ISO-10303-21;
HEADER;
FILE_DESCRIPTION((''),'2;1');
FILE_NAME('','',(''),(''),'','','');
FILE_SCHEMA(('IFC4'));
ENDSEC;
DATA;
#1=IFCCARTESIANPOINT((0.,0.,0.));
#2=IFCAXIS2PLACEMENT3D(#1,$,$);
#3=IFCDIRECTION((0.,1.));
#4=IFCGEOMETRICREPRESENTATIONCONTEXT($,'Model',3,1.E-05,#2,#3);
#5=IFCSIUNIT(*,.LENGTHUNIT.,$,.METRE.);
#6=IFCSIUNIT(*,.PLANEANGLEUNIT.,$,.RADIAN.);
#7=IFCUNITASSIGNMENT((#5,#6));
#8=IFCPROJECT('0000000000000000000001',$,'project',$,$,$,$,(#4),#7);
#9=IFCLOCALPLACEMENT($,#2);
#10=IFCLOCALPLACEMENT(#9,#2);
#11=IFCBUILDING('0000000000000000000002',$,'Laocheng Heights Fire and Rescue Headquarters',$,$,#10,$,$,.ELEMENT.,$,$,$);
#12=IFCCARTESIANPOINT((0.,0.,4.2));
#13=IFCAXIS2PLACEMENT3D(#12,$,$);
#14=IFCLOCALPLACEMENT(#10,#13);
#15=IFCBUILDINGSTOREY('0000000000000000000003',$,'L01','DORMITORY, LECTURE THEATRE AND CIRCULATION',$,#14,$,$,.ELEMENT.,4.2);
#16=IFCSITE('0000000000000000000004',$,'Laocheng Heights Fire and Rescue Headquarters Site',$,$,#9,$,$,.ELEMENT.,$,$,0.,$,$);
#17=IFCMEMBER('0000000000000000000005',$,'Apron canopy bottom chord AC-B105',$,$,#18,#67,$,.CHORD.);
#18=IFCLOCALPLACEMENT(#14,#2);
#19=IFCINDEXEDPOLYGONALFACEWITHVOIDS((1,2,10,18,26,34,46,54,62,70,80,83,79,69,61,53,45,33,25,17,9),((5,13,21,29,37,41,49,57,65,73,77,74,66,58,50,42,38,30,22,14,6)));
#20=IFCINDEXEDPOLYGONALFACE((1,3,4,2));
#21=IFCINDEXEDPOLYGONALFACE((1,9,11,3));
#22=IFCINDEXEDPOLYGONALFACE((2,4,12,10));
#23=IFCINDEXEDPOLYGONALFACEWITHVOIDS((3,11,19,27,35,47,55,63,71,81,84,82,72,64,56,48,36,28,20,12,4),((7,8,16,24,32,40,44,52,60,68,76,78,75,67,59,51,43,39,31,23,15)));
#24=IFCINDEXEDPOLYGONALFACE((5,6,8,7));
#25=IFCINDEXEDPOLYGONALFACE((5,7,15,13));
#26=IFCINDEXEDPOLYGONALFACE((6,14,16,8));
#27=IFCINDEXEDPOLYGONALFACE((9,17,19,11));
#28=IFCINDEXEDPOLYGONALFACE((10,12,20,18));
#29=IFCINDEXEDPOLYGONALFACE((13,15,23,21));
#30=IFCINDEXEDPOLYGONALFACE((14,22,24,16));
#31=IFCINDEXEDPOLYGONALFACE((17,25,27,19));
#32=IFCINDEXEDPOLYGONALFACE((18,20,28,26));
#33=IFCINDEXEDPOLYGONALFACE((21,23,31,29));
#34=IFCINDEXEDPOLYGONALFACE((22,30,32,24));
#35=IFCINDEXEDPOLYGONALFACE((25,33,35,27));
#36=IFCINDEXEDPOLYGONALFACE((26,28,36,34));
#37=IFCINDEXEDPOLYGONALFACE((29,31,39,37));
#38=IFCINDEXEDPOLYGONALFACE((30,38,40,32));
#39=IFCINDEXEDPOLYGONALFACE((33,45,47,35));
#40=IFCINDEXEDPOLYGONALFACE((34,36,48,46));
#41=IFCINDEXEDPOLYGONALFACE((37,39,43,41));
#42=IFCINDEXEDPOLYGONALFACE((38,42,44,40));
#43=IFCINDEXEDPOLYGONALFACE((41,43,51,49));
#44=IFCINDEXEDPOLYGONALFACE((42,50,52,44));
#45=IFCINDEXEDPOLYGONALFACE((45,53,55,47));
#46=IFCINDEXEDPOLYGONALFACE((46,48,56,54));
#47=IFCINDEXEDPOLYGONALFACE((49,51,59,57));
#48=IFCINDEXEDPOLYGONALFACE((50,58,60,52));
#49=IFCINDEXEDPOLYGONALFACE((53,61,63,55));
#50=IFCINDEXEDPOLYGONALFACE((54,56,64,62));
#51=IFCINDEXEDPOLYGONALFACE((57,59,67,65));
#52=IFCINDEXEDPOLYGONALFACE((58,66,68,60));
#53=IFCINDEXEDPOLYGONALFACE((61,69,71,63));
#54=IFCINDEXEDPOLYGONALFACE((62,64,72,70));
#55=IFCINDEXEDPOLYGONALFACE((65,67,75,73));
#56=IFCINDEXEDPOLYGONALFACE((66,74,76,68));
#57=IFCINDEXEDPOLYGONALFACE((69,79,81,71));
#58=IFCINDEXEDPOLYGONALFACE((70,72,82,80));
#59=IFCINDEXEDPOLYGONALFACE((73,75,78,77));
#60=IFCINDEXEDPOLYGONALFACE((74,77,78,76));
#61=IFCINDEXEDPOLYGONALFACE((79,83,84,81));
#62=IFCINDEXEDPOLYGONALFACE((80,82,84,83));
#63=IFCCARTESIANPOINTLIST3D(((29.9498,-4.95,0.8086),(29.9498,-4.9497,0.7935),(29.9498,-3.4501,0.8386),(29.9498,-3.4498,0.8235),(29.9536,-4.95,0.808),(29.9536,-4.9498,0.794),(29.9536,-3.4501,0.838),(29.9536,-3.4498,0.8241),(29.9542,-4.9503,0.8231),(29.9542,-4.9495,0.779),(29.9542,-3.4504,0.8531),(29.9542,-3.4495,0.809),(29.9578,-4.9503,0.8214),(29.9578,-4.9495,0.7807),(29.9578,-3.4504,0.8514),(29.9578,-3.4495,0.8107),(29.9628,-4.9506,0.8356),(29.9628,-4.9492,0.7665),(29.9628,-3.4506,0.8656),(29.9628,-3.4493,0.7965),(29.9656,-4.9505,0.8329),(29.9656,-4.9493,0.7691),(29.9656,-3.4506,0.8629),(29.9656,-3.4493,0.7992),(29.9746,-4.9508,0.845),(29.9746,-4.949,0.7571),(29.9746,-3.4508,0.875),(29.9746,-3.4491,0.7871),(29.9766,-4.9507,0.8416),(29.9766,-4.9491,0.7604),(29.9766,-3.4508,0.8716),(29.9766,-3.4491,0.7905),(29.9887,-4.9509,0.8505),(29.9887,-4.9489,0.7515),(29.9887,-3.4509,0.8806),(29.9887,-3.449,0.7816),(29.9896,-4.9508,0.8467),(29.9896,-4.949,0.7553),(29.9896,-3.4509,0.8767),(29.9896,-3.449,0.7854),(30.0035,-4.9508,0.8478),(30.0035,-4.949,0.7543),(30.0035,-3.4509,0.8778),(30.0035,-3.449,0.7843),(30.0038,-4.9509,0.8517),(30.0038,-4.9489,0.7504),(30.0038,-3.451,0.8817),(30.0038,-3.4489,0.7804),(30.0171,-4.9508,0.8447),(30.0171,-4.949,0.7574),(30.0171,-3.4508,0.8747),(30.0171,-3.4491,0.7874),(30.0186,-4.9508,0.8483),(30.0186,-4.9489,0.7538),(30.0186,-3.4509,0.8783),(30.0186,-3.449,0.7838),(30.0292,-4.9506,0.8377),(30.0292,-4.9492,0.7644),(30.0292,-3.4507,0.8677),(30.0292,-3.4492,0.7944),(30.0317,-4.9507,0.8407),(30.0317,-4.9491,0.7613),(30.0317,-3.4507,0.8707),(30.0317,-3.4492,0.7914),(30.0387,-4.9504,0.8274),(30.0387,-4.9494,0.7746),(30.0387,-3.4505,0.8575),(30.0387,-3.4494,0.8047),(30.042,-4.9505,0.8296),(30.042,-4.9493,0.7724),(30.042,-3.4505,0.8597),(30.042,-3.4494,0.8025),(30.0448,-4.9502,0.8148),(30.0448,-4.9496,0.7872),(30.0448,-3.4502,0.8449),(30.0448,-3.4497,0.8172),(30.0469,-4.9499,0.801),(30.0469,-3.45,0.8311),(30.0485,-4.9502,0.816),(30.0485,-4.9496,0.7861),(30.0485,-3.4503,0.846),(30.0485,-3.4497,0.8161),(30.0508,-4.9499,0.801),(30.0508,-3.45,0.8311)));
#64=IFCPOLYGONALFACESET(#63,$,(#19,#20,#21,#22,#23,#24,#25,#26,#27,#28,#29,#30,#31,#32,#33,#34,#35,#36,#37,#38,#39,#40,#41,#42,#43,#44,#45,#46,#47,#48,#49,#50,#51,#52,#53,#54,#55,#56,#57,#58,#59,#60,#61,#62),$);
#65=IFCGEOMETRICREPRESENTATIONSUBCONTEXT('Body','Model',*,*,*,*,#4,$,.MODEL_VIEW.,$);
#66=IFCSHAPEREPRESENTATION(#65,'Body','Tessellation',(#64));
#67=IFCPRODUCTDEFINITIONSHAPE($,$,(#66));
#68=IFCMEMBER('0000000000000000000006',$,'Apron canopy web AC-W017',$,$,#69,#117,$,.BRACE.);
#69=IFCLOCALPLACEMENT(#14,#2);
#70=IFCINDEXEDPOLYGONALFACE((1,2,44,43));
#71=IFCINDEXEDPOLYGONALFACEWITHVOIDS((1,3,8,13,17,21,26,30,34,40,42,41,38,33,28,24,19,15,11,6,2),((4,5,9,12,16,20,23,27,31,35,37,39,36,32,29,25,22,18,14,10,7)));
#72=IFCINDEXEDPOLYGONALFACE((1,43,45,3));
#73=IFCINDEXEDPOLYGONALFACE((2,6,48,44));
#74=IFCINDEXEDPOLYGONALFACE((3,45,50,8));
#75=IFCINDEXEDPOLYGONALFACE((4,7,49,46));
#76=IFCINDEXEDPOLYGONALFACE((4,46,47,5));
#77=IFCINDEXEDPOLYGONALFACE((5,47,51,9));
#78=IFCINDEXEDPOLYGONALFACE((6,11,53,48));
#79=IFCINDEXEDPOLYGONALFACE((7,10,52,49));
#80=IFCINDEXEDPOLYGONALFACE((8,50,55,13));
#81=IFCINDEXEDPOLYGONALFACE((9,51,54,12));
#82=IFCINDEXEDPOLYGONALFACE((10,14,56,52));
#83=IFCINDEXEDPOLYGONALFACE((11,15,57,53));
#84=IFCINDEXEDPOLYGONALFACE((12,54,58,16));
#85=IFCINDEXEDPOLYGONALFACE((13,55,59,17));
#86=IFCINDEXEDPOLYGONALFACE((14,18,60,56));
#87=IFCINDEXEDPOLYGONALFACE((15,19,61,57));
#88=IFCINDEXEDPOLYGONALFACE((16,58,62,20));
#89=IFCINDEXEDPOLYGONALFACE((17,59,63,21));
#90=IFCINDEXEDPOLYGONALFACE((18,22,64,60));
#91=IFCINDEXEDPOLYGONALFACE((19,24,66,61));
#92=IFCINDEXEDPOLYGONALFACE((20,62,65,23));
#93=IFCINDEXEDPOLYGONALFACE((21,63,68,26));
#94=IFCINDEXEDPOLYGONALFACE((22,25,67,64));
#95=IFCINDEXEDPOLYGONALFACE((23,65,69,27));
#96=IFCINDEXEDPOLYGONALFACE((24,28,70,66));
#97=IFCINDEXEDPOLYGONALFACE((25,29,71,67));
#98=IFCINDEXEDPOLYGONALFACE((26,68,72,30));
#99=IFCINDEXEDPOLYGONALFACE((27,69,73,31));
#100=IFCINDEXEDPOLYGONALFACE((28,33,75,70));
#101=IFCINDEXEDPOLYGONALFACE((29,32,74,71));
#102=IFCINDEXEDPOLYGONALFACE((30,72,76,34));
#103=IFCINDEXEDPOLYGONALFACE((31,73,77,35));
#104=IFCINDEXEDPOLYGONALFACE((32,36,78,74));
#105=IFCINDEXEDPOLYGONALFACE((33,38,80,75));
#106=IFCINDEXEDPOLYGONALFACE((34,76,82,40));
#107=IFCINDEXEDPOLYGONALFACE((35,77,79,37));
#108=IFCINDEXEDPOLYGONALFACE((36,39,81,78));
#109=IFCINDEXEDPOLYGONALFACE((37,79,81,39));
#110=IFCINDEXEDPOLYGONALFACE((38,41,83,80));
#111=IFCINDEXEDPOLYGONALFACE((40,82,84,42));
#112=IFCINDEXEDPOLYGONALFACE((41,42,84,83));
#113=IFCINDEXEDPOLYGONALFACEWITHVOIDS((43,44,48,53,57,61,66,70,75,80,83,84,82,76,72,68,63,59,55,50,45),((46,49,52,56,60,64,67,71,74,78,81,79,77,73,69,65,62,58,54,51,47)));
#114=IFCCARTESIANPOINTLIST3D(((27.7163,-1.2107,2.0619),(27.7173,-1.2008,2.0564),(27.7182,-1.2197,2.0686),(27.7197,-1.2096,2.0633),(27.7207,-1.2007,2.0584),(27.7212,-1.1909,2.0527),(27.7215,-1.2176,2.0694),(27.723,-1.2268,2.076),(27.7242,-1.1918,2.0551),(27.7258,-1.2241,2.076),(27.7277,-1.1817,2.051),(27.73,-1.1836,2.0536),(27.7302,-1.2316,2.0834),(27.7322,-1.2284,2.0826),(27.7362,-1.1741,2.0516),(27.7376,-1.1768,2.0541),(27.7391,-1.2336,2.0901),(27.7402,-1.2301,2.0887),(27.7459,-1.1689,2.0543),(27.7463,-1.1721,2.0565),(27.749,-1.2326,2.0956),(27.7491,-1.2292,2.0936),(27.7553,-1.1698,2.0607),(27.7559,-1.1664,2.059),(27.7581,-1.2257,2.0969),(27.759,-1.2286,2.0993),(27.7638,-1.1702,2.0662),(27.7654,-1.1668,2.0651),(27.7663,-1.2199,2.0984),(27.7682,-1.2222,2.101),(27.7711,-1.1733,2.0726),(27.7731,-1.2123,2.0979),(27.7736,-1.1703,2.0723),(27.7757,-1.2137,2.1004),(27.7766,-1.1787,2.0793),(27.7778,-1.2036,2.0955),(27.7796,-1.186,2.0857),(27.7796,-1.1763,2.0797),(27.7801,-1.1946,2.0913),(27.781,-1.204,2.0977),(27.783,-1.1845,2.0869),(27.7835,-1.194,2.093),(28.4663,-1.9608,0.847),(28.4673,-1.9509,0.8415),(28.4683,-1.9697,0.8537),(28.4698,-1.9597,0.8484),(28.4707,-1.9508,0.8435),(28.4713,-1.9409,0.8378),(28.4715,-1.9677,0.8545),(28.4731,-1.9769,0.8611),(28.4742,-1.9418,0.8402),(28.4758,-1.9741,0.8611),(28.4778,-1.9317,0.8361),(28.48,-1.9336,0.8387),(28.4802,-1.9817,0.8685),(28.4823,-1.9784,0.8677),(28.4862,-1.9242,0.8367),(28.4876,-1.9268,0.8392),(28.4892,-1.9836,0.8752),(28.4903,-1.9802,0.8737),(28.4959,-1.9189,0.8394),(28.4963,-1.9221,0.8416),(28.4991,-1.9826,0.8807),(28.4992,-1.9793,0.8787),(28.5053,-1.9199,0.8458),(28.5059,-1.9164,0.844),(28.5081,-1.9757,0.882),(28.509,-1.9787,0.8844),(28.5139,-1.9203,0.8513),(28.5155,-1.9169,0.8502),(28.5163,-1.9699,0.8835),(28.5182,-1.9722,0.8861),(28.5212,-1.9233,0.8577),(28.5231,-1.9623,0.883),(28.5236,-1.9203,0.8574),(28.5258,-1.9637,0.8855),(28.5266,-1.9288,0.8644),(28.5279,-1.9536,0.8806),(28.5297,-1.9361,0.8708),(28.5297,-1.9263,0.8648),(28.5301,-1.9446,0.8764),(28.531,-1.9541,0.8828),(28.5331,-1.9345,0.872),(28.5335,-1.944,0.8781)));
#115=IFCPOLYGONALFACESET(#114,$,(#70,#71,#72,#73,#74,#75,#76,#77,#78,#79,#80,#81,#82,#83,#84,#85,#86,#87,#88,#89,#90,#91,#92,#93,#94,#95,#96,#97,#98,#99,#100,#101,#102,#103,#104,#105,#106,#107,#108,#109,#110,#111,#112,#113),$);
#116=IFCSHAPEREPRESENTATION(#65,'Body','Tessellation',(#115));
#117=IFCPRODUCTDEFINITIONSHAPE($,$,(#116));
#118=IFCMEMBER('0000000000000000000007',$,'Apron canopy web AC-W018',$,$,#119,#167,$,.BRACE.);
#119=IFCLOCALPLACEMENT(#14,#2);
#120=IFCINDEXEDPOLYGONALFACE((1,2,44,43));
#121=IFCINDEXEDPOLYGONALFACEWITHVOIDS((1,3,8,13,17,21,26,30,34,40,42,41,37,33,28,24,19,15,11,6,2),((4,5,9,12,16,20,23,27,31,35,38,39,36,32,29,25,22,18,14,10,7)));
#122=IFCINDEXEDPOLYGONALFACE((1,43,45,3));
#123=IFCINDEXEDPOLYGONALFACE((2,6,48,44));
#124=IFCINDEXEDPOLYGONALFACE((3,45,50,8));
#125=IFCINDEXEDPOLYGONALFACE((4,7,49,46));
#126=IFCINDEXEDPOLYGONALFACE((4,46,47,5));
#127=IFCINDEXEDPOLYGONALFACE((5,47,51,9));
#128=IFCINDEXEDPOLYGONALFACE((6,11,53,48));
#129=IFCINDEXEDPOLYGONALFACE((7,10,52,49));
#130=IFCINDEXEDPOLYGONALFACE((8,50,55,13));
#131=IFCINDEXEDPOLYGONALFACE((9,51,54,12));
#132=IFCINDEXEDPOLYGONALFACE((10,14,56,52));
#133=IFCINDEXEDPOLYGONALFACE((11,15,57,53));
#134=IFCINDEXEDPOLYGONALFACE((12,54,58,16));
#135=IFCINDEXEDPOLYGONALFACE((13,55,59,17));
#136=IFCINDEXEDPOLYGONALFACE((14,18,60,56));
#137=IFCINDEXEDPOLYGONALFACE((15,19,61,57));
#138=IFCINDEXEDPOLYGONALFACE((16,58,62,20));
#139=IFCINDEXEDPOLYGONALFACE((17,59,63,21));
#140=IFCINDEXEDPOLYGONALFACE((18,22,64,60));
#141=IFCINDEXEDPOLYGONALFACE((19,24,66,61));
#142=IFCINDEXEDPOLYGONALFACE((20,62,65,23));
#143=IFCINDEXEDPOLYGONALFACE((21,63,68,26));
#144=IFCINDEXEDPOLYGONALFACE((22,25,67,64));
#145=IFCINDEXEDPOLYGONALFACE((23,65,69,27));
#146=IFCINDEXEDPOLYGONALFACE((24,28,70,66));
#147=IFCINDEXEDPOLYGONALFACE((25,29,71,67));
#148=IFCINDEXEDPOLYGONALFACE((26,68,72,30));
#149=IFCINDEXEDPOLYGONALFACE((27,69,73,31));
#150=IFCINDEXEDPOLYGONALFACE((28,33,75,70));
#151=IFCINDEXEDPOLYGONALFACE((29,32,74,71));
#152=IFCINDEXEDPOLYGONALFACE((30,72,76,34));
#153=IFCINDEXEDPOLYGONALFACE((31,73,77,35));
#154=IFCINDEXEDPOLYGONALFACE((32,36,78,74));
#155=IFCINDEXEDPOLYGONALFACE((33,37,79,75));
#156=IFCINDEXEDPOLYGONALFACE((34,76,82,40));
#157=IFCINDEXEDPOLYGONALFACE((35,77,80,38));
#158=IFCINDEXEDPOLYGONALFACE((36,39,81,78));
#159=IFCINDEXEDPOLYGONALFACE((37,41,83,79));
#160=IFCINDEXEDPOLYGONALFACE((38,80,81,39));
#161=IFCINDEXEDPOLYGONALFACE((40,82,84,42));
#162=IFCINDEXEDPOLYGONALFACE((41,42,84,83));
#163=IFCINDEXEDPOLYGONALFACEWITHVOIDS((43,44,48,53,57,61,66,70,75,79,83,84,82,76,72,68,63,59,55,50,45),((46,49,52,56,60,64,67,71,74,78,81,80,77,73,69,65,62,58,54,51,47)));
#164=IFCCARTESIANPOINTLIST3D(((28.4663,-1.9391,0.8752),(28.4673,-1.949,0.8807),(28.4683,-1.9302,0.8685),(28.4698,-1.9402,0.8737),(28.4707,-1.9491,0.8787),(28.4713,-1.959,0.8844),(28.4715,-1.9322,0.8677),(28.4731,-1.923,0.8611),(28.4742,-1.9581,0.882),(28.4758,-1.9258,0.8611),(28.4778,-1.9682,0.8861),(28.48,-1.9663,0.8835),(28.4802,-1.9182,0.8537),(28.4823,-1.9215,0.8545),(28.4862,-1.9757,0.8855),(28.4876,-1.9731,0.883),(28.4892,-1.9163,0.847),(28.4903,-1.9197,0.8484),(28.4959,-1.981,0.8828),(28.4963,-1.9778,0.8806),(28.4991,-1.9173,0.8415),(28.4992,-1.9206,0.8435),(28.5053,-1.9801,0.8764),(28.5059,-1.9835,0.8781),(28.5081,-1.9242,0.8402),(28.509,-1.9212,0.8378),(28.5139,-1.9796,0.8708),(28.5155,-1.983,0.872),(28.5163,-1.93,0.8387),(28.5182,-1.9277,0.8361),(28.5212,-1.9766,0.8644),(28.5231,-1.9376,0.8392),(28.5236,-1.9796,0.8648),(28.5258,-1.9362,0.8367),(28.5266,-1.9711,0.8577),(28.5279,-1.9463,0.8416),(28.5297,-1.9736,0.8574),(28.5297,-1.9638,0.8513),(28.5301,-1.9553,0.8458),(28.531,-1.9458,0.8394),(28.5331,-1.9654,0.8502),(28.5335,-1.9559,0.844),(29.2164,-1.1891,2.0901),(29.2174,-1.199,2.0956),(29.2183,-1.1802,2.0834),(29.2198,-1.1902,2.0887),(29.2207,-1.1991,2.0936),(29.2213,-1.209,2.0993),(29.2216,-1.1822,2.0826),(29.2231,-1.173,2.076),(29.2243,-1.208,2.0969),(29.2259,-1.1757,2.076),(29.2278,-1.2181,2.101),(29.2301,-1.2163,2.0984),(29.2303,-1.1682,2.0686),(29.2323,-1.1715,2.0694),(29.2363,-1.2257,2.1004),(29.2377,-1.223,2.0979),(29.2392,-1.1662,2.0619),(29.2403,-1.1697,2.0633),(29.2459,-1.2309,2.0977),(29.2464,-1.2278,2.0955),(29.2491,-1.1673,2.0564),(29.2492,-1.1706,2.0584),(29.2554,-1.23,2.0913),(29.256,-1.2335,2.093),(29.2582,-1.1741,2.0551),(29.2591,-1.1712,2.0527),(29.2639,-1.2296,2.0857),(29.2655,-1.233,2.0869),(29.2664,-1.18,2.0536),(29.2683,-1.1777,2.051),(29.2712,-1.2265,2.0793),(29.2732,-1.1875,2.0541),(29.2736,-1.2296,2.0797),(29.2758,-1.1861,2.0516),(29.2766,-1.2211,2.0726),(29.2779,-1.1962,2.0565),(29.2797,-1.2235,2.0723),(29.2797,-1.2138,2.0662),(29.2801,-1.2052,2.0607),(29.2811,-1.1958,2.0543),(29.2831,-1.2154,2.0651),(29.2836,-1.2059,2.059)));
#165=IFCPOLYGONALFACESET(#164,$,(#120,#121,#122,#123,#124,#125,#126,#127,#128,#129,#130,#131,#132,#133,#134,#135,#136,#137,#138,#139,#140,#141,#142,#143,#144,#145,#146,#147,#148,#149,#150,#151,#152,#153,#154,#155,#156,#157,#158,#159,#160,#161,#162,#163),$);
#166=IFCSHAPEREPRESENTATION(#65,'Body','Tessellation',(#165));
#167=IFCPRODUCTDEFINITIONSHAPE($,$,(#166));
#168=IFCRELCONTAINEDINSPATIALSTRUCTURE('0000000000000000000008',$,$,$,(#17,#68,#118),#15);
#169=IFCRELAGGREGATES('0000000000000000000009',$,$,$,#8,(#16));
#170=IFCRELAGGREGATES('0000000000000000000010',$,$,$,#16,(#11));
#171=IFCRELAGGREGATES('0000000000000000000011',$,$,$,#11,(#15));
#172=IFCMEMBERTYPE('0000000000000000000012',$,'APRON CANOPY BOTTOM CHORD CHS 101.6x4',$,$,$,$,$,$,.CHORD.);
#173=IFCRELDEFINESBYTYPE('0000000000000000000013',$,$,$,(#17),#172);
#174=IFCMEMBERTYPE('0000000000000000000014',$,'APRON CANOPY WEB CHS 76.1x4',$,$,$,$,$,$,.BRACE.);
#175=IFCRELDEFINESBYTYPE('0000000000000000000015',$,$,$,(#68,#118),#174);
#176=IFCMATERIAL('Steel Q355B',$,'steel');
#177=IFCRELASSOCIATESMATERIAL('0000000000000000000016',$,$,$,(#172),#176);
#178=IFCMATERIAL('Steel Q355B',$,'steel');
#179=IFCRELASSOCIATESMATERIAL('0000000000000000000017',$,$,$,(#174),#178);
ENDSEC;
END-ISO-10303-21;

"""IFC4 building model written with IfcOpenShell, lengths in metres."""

from ifc_helpers import new_model, si_unit, direction, frame, origin, origin_2d, place, context, subcontext, project, spatial, hollow_circle, extrude, material, material_profile, profile_set, type_object, element, save


model = new_model("IFC4")

# Units and contexts
model_context = context("Model", 3, precision=1e-05, world=origin(), true_north=direction((0.0, 1.0)))
body_context = subcontext(model_context, "Body", "Model", "MODEL_VIEW")
ifc_project = project(units=[si_unit("LENGTHUNIT", "METRE"), si_unit("PLANEANGLEUNIT", "RADIAN")], contexts=[model_context])

# Site, building, storey
site_placement = place(None, origin())
site = spatial("IfcSite", under=ifc_project, at=site_placement, Name="Laocheng Heights Fire and Rescue Headquarters Site", CompositionType="ELEMENT", RefElevation=0.0)
building_placement = place(site_placement, origin())
building = spatial("IfcBuilding", under=site, at=building_placement, Name="Laocheng Heights Fire and Rescue Headquarters", CompositionType="ELEMENT")
storey_placement = place(building_placement, frame((0.0, 0.0, 4.2)))
storey = spatial("IfcBuildingStorey", under=building, at=storey_placement, Name="L01", Description="DORMITORY, LECTURE THEATRE AND CIRCULATION", CompositionType="ELEMENT", Elevation=4.2)

# Members
ifc_material_1 = material(Name="Steel Q355B", Category="steel")
ifc_material_profile_1 = material_profile(ifc_material_1, hollow_circle(Radius=0.0508, WallThickness=0.0039, at=origin_2d()), Name="CHS 101.6x4")
ifc_profile_set_1 = profile_set([ifc_material_profile_1], Name="Steel Q355B")
member_type_1 = type_object("IfcMemberType", Name="APRON CANOPY BOTTOM CHORD CHS 101.6x4", PredefinedType="CHORD", material=ifc_profile_set_1)
for number, where, z_axis, x_axis, name in (
    (1, (30.0, -3.45, 0.8311), (0.0, -0.9998, -0.020016), (1.0, 0.0, 0.0), "Apron canopy bottom chord AC-B105"),
):
    element("IfcMember", number, at=place(storey_placement, frame(where, z_axis=z_axis, x_axis=x_axis)), inside=storey, type_object=member_type_1, Name=name, PredefinedType="CHORD", context=body_context, shape_type="SweptSolid", body=[
        extrude(hollow_circle(Radius=0.0508, WallThickness=0.0039, at=origin_2d()), origin(), (0.0, 0.0, 1.0), 1.5002),
    ])
ifc_material_2 = material(Name="Steel Q355B", Category="steel")
ifc_material_profile_2 = material_profile(ifc_material_2, hollow_circle(Radius=0.0381, WallThickness=0.0039, at=origin_2d()), Name="CHS 76.1x4")
ifc_profile_set_2 = profile_set([ifc_material_profile_2], Name="Steel Q355B")
member_type_2 = type_object("IfcMemberType", Name="APRON CANOPY WEB CHS 76.1x4", PredefinedType="BRACE", material=ifc_profile_set_2)
for number, where, z_axis, x_axis, name in (
    (2, (28.5, -1.95, 0.8611), (-0.465055, 0.465055, 0.753292), (-0.707107, -0.707107, 0.0), "Apron canopy web AC-W017"),
    (3, (28.5, -1.95, 0.8611), (0.465055, 0.465055, 0.753292), (-0.707107, 0.707107, 0.0), "Apron canopy web AC-W018"),
):
    element("IfcMember", number, at=place(storey_placement, frame(where, z_axis=z_axis, x_axis=x_axis)), inside=storey, type_object=member_type_2, Name=name, PredefinedType="BRACE", context=body_context, shape_type="SweptSolid", body=[
        extrude(hollow_circle(Radius=0.0381, WallThickness=0.0039, at=origin_2d()), origin(), (0.0, 0.0, 1.0), 1.6128),
    ])

save(model, "model.ifc")
